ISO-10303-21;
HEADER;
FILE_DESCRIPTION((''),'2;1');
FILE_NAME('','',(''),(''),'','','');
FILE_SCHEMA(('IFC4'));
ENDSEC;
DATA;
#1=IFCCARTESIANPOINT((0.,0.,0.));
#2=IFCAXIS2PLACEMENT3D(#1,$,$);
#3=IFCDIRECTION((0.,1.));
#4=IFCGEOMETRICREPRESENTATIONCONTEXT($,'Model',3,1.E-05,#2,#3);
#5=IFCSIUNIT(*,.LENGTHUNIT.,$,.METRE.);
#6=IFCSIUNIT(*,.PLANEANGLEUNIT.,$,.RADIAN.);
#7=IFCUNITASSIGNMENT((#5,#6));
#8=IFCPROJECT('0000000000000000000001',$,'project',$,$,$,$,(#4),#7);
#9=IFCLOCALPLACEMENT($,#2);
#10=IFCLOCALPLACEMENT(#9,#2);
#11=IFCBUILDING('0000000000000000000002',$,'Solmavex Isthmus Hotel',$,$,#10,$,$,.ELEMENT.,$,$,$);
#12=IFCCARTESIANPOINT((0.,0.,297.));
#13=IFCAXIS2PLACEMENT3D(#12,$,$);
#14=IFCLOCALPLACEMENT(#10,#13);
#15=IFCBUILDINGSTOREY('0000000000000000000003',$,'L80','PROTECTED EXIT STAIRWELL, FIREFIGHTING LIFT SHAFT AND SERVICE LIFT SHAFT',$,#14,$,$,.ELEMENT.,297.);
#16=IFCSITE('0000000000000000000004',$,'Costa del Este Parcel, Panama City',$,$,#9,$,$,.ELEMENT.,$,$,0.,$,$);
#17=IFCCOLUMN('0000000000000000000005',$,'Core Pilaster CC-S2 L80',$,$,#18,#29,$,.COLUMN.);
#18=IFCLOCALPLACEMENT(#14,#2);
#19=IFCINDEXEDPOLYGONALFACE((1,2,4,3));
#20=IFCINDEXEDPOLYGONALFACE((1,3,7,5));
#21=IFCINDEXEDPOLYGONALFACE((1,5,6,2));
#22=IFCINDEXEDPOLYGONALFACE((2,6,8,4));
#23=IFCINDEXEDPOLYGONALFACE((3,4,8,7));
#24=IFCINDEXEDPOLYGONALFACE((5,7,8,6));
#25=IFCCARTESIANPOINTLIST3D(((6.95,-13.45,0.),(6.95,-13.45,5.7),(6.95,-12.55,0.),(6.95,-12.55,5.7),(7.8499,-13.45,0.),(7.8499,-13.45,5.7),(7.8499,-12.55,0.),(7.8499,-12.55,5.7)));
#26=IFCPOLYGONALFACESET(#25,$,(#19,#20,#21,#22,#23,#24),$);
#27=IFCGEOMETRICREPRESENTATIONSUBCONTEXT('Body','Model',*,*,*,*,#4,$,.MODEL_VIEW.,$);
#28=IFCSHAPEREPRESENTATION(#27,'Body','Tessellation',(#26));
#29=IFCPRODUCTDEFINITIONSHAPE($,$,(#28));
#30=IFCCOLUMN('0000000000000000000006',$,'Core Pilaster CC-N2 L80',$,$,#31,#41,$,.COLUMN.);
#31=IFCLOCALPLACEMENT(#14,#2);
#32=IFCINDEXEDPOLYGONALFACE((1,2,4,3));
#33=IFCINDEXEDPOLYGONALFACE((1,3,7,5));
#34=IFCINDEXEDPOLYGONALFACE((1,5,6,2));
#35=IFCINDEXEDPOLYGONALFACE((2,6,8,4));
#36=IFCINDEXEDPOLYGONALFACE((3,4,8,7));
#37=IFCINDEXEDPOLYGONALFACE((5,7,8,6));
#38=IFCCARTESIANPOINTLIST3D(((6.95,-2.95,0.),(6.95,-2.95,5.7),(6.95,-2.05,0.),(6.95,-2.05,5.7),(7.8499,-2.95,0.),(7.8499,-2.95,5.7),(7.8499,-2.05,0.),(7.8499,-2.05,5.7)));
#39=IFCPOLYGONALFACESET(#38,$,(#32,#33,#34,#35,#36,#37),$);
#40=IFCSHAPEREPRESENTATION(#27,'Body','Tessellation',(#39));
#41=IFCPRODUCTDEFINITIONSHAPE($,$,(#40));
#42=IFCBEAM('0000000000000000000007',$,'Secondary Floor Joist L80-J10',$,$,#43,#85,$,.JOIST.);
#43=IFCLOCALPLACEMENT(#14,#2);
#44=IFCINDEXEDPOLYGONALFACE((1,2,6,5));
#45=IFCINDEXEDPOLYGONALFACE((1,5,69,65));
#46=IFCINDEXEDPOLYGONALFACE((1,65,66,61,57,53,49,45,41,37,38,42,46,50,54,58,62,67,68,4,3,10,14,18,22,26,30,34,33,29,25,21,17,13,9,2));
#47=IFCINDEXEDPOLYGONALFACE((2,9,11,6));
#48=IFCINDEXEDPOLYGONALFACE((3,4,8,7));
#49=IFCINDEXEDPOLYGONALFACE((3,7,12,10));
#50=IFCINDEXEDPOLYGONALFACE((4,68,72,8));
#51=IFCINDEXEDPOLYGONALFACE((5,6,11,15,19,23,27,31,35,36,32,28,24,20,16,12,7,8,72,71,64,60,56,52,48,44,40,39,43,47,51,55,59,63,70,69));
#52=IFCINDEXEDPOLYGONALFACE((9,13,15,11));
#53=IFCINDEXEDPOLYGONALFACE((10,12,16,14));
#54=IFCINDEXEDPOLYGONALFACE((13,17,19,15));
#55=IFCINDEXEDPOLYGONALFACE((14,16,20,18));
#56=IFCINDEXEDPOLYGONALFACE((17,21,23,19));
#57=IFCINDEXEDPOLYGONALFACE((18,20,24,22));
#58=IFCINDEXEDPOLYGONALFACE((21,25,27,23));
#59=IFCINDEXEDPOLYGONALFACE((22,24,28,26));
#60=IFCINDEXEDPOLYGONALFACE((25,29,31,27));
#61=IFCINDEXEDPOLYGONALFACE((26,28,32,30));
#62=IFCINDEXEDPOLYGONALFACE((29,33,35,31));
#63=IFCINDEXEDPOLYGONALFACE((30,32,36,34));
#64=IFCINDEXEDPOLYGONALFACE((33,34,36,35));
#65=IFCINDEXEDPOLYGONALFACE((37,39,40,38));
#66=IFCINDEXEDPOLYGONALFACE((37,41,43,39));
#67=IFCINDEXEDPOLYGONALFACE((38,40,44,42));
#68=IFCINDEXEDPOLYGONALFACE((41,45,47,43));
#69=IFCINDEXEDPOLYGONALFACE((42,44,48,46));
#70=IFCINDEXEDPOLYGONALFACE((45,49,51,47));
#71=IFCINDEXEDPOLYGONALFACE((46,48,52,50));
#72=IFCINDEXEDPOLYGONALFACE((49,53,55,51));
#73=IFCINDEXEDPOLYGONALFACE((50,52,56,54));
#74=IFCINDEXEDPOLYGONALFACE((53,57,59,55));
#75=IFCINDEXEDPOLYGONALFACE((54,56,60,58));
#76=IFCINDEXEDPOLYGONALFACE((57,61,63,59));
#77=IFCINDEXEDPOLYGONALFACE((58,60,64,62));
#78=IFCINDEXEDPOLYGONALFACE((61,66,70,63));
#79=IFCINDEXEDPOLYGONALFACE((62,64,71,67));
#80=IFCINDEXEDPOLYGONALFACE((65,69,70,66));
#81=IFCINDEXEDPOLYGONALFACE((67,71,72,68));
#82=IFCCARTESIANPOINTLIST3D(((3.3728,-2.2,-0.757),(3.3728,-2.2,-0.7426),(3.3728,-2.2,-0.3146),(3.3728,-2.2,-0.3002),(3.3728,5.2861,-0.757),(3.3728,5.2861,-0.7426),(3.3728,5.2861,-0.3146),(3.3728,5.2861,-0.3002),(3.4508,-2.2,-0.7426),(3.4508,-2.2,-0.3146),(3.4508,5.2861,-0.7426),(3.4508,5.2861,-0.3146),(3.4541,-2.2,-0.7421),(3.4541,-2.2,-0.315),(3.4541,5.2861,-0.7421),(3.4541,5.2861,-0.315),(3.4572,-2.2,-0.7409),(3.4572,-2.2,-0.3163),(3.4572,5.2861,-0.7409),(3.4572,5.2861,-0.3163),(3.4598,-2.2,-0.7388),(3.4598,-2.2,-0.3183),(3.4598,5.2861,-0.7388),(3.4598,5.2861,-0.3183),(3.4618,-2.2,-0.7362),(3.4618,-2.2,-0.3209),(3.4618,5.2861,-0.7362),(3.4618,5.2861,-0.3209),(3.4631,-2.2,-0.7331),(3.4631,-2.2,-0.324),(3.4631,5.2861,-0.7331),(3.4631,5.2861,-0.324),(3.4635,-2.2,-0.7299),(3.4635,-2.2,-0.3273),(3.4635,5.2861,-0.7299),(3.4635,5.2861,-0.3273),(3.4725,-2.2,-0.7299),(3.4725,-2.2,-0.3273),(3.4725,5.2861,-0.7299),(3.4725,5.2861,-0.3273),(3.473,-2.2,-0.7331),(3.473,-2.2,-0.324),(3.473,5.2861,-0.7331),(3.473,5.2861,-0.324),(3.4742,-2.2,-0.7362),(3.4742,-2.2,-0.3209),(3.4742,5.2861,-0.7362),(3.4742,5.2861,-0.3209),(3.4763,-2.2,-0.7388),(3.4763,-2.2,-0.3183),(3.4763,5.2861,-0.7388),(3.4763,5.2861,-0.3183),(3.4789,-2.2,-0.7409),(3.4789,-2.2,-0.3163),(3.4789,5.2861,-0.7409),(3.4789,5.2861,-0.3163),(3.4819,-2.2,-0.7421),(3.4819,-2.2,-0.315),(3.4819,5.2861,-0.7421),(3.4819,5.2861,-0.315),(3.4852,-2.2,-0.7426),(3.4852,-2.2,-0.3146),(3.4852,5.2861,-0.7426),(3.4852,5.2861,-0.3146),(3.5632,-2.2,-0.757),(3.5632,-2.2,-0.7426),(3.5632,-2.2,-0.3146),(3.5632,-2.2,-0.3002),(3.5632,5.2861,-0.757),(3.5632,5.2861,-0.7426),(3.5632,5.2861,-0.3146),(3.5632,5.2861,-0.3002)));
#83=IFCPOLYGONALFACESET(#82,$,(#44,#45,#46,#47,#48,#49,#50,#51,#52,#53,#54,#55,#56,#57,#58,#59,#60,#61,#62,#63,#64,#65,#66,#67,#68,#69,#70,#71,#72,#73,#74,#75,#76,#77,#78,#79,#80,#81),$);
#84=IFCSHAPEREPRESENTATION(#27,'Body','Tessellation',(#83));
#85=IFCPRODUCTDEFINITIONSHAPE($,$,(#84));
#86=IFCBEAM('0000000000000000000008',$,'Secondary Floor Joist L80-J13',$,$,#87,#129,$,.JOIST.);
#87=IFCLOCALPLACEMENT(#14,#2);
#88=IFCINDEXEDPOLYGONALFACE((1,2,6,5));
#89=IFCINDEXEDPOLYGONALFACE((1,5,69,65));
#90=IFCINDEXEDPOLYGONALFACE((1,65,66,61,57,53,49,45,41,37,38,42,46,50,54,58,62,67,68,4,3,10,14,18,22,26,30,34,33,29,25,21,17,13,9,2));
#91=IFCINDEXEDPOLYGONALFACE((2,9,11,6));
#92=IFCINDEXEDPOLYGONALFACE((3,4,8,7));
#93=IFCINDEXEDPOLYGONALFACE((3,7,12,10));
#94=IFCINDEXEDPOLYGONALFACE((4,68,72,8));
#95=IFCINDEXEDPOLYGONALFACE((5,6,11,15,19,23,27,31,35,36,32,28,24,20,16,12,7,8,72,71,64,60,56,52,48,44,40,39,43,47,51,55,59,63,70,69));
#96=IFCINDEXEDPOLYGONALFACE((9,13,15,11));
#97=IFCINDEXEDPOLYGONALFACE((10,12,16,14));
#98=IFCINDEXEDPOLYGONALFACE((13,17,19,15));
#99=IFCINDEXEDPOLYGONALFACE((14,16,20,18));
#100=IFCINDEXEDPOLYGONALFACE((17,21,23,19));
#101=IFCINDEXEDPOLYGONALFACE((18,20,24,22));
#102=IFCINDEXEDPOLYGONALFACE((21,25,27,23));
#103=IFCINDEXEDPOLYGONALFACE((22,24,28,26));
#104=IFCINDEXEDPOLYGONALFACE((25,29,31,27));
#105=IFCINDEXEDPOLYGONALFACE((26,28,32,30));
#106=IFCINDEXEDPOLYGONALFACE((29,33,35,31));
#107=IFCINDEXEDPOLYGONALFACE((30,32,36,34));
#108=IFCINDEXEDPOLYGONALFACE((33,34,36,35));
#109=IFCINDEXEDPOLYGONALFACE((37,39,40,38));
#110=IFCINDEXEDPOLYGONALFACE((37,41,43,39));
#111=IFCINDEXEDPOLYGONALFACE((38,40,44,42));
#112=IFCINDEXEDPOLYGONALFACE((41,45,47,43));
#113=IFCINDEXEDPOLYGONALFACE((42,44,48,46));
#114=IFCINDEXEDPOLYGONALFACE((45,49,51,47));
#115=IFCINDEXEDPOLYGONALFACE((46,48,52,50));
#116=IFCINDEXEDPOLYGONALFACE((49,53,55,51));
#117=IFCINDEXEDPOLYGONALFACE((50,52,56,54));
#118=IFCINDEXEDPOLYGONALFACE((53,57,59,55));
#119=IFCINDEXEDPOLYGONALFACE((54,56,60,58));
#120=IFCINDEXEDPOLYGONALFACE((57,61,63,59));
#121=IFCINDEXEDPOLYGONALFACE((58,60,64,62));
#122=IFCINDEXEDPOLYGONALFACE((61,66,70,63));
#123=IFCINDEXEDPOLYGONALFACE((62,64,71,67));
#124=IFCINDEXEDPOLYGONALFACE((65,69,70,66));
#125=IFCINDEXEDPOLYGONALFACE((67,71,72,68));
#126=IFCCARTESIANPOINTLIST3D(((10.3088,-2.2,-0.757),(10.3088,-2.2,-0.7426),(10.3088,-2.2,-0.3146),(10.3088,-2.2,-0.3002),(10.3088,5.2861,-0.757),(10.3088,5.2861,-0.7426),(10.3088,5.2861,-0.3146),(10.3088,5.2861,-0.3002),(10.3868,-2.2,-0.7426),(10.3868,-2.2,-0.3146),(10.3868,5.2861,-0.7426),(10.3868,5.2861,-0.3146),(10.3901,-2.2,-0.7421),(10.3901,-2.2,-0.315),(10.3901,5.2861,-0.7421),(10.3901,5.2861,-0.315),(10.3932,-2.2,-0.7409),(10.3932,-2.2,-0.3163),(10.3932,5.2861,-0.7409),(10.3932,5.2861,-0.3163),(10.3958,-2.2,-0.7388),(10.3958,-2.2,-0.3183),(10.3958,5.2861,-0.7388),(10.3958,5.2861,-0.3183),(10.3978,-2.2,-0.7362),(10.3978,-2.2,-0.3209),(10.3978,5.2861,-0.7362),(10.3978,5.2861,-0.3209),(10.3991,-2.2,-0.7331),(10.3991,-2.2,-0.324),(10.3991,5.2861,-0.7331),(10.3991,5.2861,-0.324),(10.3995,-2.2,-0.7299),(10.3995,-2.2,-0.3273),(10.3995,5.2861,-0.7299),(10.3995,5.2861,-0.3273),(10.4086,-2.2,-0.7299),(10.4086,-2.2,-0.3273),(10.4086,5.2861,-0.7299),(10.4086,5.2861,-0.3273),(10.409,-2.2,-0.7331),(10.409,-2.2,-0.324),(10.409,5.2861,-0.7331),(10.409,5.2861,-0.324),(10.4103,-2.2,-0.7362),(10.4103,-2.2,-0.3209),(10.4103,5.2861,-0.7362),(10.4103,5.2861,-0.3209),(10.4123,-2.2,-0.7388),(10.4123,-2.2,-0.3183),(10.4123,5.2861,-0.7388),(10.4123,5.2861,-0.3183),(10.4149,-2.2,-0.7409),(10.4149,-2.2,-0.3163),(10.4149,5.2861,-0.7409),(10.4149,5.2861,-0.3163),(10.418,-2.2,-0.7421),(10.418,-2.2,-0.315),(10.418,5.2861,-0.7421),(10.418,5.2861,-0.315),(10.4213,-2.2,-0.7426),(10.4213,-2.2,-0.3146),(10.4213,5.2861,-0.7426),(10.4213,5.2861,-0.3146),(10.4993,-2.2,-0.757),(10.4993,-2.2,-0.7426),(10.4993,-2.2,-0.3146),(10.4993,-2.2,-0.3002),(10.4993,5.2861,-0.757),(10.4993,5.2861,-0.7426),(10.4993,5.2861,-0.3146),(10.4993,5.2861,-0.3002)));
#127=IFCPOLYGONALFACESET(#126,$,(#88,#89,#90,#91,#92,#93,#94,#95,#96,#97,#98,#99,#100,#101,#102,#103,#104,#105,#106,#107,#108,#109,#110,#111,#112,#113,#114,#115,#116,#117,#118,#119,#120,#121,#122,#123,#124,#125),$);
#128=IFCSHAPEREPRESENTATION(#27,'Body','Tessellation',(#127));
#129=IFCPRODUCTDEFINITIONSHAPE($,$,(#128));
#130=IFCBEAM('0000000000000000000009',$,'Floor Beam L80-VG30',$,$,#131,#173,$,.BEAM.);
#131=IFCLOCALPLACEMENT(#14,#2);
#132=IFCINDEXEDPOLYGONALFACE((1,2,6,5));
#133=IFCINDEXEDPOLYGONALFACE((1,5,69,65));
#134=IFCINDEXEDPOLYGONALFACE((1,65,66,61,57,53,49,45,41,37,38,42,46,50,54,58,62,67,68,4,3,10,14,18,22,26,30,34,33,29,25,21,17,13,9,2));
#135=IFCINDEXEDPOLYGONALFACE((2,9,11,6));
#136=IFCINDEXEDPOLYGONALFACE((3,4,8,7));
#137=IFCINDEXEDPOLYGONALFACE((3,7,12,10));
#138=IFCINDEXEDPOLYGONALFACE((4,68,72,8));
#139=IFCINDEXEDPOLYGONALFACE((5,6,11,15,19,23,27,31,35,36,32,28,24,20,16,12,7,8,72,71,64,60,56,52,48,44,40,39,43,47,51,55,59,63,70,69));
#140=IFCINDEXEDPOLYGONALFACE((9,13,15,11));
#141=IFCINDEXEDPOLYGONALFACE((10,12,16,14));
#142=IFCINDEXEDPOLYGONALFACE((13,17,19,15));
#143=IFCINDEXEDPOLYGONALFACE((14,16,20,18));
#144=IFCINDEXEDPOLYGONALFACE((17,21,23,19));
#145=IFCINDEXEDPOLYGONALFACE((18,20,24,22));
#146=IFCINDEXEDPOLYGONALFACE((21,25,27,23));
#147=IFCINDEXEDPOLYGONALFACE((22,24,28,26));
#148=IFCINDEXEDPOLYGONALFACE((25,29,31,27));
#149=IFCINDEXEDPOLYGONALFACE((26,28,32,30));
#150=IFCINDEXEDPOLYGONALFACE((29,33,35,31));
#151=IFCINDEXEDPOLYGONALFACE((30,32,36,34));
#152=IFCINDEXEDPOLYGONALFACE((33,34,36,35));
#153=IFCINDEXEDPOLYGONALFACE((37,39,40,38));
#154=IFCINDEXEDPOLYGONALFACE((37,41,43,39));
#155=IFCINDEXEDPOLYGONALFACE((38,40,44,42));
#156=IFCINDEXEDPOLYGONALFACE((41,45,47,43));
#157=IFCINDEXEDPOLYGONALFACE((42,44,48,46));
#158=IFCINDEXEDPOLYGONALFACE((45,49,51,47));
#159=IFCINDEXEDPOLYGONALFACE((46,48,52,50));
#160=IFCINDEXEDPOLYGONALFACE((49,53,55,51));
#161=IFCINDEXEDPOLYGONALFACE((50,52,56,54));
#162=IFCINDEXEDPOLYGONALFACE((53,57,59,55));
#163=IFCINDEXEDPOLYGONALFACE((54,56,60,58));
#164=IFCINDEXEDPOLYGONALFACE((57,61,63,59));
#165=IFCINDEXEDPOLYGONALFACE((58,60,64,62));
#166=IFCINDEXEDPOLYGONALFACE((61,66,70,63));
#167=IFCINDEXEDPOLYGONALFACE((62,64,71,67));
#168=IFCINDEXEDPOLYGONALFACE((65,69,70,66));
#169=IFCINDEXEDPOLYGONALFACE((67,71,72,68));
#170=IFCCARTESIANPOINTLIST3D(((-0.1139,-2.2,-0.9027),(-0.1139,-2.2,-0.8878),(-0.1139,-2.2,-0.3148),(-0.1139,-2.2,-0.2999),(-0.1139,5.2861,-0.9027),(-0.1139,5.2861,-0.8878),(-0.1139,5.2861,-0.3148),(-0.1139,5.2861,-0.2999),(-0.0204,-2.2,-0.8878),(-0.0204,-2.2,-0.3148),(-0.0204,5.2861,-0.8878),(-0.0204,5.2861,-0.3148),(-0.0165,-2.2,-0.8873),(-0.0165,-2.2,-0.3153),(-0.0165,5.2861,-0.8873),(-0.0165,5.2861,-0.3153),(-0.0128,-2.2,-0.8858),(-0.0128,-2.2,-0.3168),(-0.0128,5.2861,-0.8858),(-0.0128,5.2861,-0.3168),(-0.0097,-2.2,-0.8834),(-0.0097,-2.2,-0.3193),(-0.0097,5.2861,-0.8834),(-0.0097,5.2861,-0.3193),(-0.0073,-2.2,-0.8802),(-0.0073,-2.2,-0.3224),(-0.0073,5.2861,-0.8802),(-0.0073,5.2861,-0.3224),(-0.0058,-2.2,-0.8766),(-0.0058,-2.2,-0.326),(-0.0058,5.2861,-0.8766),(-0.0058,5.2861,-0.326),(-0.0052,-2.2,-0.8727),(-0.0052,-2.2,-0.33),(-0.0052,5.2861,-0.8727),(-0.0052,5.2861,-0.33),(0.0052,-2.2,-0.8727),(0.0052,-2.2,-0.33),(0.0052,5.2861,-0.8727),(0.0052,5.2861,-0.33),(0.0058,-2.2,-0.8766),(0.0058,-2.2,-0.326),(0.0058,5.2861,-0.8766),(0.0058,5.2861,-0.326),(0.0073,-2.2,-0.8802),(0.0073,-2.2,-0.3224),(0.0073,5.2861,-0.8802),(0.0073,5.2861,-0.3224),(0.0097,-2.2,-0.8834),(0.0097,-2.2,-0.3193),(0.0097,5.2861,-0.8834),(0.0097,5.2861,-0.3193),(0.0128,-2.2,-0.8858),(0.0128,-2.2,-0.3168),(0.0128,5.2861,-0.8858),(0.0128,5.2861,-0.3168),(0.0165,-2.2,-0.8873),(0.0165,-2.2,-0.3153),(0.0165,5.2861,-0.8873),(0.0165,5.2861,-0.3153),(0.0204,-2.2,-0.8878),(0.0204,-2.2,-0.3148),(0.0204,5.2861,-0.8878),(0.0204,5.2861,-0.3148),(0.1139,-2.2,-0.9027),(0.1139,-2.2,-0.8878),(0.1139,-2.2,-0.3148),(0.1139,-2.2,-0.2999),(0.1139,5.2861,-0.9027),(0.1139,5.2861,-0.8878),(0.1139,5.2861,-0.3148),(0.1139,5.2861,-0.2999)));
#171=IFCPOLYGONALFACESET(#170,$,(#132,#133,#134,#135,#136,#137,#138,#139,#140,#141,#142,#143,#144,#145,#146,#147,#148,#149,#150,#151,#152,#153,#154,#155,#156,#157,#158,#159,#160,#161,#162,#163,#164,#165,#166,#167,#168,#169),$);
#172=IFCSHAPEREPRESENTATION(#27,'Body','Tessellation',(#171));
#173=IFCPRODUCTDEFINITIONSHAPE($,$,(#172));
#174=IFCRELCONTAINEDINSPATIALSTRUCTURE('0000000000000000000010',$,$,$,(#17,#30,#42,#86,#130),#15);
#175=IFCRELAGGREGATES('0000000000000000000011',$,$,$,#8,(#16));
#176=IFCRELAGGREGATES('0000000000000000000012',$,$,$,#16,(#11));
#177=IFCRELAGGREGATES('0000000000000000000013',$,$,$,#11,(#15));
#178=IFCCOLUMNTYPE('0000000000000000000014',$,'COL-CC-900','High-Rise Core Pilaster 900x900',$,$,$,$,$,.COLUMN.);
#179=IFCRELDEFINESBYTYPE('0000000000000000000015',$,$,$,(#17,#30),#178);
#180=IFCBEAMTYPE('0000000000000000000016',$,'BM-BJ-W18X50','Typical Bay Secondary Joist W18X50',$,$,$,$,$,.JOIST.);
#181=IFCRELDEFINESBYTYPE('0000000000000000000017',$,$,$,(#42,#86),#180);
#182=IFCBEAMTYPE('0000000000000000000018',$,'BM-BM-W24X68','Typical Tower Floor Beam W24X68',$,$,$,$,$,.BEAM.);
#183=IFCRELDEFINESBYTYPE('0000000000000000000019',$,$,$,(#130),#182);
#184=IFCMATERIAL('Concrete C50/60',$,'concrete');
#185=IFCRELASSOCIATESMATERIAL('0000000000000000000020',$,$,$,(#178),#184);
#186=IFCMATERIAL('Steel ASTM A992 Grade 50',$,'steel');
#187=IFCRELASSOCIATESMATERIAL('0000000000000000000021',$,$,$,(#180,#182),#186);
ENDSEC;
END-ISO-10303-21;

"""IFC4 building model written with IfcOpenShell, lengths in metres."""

from ifc_helpers import new_model, si_unit, direction, frame, origin, origin_2d, place, context, subcontext, project, spatial, rectangle, i_section, extrude, material, material_profile, profile_set, type_object, element, save


model = new_model("IFC4")

# Units and contexts
model_context = context("Model", 3, precision=1e-05, world=origin(), true_north=direction((0.0, 1.0)))
body_context = subcontext(model_context, "Body", "Model", "MODEL_VIEW")
ifc_project = project(units=[si_unit("LENGTHUNIT", "METRE"), si_unit("PLANEANGLEUNIT", "RADIAN")], contexts=[model_context])

# Site, building, storey
site_placement = place(None, origin())
site = spatial("IfcSite", under=ifc_project, at=site_placement, Name="Costa del Este Parcel, Panama City", CompositionType="ELEMENT", RefElevation=0.0)
building_placement = place(site_placement, origin())
building = spatial("IfcBuilding", under=site, at=building_placement, Name="Solmavex Isthmus Hotel", CompositionType="ELEMENT")
storey_placement = place(building_placement, frame((0.0, 0.0, 297.0)))
storey = spatial("IfcBuildingStorey", under=building, at=storey_placement, Name="L80", Description="PROTECTED EXIT STAIRWELL, FIREFIGHTING LIFT SHAFT AND SERVICE LIFT SHAFT", CompositionType="ELEMENT", Elevation=297.0)

# Columns
ifc_material_1 = material(Name="Concrete C50/60", Category="concrete")
ifc_material_profile_1 = material_profile(ifc_material_1, rectangle(XDim=0.8999, YDim=0.8999, at=origin_2d()), Name="RC900X900")
ifc_profile_set_1 = profile_set([ifc_material_profile_1], Name="Concrete C50/60")
column_type = type_object("IfcColumnType", Name="COL-CC-900", Description="High-Rise Core Pilaster 900x900", PredefinedType="COLUMN", material=ifc_profile_set_1)
for number, where, z_axis, x_axis, name in (
    (1, (7.3999, -13.0, 0.0), (0.0, 0.0, 1.0), (1.0, 0.0, 0.0), "Core Pilaster CC-S2 L80"),
    (2, (7.3999, -2.5, 0.0), (0.0, 0.0, 1.0), (1.0, 0.0, 0.0), "Core Pilaster CC-N2 L80"),
):
    element("IfcColumn", number, at=place(storey_placement, frame(where, z_axis=z_axis, x_axis=x_axis)), inside=storey, type_object=column_type, Name=name, PredefinedType="COLUMN", context=body_context, shape_type="SweptSolid", body=[
        extrude(rectangle(XDim=0.8999, YDim=0.8999, at=origin_2d()), origin(), (0.0, 0.0, 1.0), 5.7),
    ])

# Beams
ifc_material_2 = material(Name="Steel ASTM A992 Grade 50", Category="steel")
ifc_material_profile_2 = material_profile(ifc_material_2, i_section(OverallWidth=0.1904, OverallDepth=0.4568, WebThickness=0.009, FlangeThickness=0.0144, FilletRadius=0.0127, at=origin_2d()), Name="W18X50")
ifc_profile_set_2 = profile_set([ifc_material_profile_2], Name="Steel ASTM A992 Grade 50")
beam_type_1 = type_object("IfcBeamType", Name="BM-BJ-W18X50", Description="Typical Bay Secondary Joist W18X50", PredefinedType="JOIST", material=ifc_profile_set_2)
for number, where, z_axis, x_axis, name in (
    (3, (3.468, -2.2, -0.5286), (0.0, 1.0, 0.0), (-1.0, 0.0, 0.0), "Secondary Floor Joist L80-J10"),
    (4, (10.4041, -2.2, -0.5286), (0.0, 1.0, 0.0), (-1.0, 0.0, 0.0), "Secondary Floor Joist L80-J13"),
):
    element("IfcBeam", number, at=place(storey_placement, frame(where, z_axis=z_axis, x_axis=x_axis)), inside=storey, type_object=beam_type_1, Name=name, PredefinedType="JOIST", context=body_context, shape_type="SweptSolid", body=[
        extrude(i_section(OverallWidth=0.1904, OverallDepth=0.4568, WebThickness=0.009, FlangeThickness=0.0144, FilletRadius=0.0127, at=origin_2d()), origin(), (0.0, 0.0, 1.0), 7.4861),
    ])
ifc_material_profile_3 = material_profile(ifc_material_2, i_section(OverallWidth=0.2278, OverallDepth=0.6028, WebThickness=0.0105, FlangeThickness=0.0149, FilletRadius=0.0151, at=origin_2d()), Name="W24X68")
ifc_profile_set_3 = profile_set([ifc_material_profile_3], Name="Steel ASTM A992 Grade 50")
beam_type_2 = type_object("IfcBeamType", Name="BM-BM-W24X68", Description="Typical Tower Floor Beam W24X68", PredefinedType="BEAM", material=ifc_profile_set_3)
for number, where, z_axis, x_axis, name in (
    (5, (0.0, -2.2, -0.6013), (0.0, 1.0, 0.0), (-1.0, 0.0, 0.0), "Floor Beam L80-VG30"),
):
    element("IfcBeam", number, at=place(storey_placement, frame(where, z_axis=z_axis, x_axis=x_axis)), inside=storey, type_object=beam_type_2, Name=name, PredefinedType="BEAM", context=body_context, shape_type="SweptSolid", body=[
        extrude(i_section(OverallWidth=0.2278, OverallDepth=0.6028, WebThickness=0.0105, FlangeThickness=0.0149, FilletRadius=0.0151, at=origin_2d()), origin(), (0.0, 0.0, 1.0), 7.4861),
    ])

save(model, "model.ifc")
